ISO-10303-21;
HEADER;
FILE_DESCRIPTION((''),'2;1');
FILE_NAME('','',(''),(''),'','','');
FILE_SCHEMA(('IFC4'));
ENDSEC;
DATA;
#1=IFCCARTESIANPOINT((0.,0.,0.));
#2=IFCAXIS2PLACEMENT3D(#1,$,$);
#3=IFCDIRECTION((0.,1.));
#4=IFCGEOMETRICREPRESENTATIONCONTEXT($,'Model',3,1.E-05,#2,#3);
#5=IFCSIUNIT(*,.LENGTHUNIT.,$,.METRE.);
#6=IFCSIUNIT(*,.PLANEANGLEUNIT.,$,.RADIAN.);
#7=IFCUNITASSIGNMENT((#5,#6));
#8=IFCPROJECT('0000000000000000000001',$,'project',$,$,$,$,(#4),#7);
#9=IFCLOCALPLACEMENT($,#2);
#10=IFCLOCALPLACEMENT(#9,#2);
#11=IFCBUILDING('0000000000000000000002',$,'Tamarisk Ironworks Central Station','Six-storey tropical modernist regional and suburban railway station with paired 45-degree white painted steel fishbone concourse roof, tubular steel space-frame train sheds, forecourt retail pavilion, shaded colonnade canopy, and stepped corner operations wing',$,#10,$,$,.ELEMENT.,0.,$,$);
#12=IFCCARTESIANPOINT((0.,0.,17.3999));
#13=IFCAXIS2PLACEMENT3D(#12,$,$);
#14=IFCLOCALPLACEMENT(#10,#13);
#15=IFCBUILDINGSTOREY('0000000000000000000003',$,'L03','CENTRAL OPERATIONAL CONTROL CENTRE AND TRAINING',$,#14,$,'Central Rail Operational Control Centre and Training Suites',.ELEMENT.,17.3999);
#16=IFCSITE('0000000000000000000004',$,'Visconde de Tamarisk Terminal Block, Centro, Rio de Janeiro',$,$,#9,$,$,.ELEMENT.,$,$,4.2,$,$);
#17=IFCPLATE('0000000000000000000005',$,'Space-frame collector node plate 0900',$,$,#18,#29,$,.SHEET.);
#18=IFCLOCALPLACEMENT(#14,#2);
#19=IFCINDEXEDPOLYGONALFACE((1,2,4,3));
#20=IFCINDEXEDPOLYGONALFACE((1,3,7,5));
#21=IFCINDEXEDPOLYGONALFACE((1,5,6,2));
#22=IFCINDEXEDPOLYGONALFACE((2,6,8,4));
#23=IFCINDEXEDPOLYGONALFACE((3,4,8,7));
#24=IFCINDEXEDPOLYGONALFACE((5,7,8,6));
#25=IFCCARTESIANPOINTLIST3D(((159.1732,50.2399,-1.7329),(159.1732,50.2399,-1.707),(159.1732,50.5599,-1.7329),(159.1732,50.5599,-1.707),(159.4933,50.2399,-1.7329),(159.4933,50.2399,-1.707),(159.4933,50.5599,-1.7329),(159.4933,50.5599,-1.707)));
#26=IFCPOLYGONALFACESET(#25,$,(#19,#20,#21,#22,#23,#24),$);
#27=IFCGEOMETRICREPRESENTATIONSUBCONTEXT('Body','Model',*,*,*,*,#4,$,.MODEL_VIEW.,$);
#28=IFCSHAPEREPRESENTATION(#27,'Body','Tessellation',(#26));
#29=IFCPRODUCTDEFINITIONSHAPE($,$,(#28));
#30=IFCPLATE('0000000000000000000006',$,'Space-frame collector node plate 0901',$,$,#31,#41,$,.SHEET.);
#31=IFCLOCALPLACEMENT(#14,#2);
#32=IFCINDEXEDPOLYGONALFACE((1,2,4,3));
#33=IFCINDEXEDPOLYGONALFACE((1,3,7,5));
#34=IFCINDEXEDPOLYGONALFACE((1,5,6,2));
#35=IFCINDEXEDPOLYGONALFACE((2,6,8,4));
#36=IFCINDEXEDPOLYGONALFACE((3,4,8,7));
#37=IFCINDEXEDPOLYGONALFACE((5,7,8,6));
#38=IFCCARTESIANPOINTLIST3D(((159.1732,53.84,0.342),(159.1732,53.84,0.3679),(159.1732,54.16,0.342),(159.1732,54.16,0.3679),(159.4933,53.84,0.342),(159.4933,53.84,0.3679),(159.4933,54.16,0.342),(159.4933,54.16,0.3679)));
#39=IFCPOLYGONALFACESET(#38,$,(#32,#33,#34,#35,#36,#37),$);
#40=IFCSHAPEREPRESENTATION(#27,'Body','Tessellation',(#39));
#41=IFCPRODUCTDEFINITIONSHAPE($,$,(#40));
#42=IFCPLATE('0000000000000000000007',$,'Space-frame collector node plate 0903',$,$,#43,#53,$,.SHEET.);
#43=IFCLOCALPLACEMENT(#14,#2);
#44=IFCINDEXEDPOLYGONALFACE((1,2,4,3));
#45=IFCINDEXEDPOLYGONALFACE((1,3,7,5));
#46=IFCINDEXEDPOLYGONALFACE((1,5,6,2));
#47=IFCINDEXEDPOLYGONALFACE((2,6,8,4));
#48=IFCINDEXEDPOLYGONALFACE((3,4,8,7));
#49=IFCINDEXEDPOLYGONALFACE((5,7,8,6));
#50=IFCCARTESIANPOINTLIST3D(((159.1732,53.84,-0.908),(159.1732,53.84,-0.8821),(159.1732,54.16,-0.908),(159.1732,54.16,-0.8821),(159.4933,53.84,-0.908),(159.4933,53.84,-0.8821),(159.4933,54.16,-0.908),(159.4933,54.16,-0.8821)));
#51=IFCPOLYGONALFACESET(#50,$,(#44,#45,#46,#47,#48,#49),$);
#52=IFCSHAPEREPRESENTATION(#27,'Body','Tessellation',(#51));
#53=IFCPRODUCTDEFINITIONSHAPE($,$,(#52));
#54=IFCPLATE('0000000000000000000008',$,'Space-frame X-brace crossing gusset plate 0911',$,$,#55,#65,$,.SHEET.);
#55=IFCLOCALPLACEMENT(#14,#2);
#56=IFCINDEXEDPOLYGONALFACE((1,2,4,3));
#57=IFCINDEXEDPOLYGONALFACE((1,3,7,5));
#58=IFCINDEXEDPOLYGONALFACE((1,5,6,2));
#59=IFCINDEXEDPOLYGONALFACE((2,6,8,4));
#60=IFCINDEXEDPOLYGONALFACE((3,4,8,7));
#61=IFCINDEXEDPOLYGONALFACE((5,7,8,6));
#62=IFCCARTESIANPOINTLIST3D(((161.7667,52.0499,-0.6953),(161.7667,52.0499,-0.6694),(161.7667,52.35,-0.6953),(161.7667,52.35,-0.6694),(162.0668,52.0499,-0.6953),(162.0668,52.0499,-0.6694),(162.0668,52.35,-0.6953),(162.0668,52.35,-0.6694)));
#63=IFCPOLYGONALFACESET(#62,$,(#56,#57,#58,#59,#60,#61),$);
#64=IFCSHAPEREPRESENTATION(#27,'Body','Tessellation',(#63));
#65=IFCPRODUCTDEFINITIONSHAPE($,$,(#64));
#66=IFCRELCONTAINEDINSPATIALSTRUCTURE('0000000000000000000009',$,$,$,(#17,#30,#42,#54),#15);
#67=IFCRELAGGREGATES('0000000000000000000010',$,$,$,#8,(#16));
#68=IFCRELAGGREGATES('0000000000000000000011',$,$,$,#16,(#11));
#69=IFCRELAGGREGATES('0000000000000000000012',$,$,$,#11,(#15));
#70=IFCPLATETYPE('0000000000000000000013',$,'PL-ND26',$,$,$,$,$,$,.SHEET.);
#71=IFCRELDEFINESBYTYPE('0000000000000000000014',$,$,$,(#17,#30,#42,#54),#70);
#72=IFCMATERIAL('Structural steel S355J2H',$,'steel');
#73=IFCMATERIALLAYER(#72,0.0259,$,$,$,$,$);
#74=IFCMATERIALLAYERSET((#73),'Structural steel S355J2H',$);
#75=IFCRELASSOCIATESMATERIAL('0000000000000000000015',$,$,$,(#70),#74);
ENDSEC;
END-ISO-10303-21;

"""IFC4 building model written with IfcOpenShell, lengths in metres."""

from ifc_helpers import new_model, si_unit, direction, frame, origin, origin_2d, place, context, subcontext, project, spatial, rectangle, extrude, material, layer, layer_set, type_object, element, save


model = new_model("IFC4")

# Units and contexts
model_context = context("Model", 3, precision=1e-05, world=origin(), true_north=direction((0.0, 1.0)))
body_context = subcontext(model_context, "Body", "Model", "MODEL_VIEW")
ifc_project = project(units=[si_unit("LENGTHUNIT", "METRE"), si_unit("PLANEANGLEUNIT", "RADIAN")], contexts=[model_context])

# Site, building, storey
site_placement = place(None, origin())
site = spatial("IfcSite", under=ifc_project, at=site_placement, Name="Visconde de Tamarisk Terminal Block, Centro, Rio de Janeiro", CompositionType="ELEMENT", RefElevation=4.2)
building_placement = place(site_placement, origin())
building = spatial("IfcBuilding", under=site, at=building_placement, Name="Tamarisk Ironworks Central Station", Description="Six-storey tropical modernist regional and suburban railway station with paired 45-degree white painted steel fishbone concourse roof, tubular steel space-frame train sheds, forecourt retail pavilion, shaded colonnade canopy, and stepped corner operations wing", CompositionType="ELEMENT", ElevationOfRefHeight=0.0)
storey_placement = place(building_placement, frame((0.0, 0.0, 17.3999)))
storey = spatial("IfcBuildingStorey", under=building, at=storey_placement, Name="L03", Description="CENTRAL OPERATIONAL CONTROL CENTRE AND TRAINING", LongName="Central Rail Operational Control Centre and Training Suites", CompositionType="ELEMENT", Elevation=17.3999)

# Shared definitions
ifc_material = material(Name="Structural steel S355J2H", Category="steel")

# Plates
ifc_layer = layer(ifc_material, 0.0259)
ifc_layer_set = layer_set([ifc_layer], Name="Structural steel S355J2H")
plate_type = type_object("IfcPlateType", Name="PL-ND26", PredefinedType="SHEET", material=ifc_layer_set)
for number, where, z_axis, x_axis, name in (
    (1, (159.3333, 50.3999, -1.7329), (0.0, 0.0, 1.0), (1.0, 0.0, 0.0), "Space-frame collector node plate 0900"),
    (2, (159.3333, 54.0, 0.342), (0.0, 0.0, 1.0), (1.0, 0.0, 0.0), "Space-frame collector node plate 0901"),
    (3, (159.3333, 54.0, -0.908), (0.0, 0.0, 1.0), (1.0, 0.0, 0.0), "Space-frame collector node plate 0903"),
):
    element("IfcPlate", number, at=place(storey_placement, frame(where, z_axis=z_axis, x_axis=x_axis)), inside=storey, type_object=plate_type, Name=name, PredefinedType="SHEET", context=body_context, shape_type="SweptSolid", body=[
        extrude(rectangle(XDim=0.3201, YDim=0.3201, at=origin_2d()), origin(), (0.0, 0.0, 1.0), 0.0259),
    ])
plate_1_placement = place(storey_placement, frame((161.9167, 52.2, -0.6953), z_axis=(0.0, 0.0, 1.0), x_axis=(1.0, 0.0, 0.0)))
element("IfcPlate", 4, at=plate_1_placement, inside=storey, type_object=plate_type, Name="Space-frame X-brace crossing gusset plate 0911", PredefinedType="SHEET", context=body_context, shape_type="SweptSolid", body=[
    extrude(rectangle(XDim=0.3, YDim=0.3, at=origin_2d()), origin(), (0.0, 0.0, 1.0), 0.0259),
])

save(model, "model.ifc")
